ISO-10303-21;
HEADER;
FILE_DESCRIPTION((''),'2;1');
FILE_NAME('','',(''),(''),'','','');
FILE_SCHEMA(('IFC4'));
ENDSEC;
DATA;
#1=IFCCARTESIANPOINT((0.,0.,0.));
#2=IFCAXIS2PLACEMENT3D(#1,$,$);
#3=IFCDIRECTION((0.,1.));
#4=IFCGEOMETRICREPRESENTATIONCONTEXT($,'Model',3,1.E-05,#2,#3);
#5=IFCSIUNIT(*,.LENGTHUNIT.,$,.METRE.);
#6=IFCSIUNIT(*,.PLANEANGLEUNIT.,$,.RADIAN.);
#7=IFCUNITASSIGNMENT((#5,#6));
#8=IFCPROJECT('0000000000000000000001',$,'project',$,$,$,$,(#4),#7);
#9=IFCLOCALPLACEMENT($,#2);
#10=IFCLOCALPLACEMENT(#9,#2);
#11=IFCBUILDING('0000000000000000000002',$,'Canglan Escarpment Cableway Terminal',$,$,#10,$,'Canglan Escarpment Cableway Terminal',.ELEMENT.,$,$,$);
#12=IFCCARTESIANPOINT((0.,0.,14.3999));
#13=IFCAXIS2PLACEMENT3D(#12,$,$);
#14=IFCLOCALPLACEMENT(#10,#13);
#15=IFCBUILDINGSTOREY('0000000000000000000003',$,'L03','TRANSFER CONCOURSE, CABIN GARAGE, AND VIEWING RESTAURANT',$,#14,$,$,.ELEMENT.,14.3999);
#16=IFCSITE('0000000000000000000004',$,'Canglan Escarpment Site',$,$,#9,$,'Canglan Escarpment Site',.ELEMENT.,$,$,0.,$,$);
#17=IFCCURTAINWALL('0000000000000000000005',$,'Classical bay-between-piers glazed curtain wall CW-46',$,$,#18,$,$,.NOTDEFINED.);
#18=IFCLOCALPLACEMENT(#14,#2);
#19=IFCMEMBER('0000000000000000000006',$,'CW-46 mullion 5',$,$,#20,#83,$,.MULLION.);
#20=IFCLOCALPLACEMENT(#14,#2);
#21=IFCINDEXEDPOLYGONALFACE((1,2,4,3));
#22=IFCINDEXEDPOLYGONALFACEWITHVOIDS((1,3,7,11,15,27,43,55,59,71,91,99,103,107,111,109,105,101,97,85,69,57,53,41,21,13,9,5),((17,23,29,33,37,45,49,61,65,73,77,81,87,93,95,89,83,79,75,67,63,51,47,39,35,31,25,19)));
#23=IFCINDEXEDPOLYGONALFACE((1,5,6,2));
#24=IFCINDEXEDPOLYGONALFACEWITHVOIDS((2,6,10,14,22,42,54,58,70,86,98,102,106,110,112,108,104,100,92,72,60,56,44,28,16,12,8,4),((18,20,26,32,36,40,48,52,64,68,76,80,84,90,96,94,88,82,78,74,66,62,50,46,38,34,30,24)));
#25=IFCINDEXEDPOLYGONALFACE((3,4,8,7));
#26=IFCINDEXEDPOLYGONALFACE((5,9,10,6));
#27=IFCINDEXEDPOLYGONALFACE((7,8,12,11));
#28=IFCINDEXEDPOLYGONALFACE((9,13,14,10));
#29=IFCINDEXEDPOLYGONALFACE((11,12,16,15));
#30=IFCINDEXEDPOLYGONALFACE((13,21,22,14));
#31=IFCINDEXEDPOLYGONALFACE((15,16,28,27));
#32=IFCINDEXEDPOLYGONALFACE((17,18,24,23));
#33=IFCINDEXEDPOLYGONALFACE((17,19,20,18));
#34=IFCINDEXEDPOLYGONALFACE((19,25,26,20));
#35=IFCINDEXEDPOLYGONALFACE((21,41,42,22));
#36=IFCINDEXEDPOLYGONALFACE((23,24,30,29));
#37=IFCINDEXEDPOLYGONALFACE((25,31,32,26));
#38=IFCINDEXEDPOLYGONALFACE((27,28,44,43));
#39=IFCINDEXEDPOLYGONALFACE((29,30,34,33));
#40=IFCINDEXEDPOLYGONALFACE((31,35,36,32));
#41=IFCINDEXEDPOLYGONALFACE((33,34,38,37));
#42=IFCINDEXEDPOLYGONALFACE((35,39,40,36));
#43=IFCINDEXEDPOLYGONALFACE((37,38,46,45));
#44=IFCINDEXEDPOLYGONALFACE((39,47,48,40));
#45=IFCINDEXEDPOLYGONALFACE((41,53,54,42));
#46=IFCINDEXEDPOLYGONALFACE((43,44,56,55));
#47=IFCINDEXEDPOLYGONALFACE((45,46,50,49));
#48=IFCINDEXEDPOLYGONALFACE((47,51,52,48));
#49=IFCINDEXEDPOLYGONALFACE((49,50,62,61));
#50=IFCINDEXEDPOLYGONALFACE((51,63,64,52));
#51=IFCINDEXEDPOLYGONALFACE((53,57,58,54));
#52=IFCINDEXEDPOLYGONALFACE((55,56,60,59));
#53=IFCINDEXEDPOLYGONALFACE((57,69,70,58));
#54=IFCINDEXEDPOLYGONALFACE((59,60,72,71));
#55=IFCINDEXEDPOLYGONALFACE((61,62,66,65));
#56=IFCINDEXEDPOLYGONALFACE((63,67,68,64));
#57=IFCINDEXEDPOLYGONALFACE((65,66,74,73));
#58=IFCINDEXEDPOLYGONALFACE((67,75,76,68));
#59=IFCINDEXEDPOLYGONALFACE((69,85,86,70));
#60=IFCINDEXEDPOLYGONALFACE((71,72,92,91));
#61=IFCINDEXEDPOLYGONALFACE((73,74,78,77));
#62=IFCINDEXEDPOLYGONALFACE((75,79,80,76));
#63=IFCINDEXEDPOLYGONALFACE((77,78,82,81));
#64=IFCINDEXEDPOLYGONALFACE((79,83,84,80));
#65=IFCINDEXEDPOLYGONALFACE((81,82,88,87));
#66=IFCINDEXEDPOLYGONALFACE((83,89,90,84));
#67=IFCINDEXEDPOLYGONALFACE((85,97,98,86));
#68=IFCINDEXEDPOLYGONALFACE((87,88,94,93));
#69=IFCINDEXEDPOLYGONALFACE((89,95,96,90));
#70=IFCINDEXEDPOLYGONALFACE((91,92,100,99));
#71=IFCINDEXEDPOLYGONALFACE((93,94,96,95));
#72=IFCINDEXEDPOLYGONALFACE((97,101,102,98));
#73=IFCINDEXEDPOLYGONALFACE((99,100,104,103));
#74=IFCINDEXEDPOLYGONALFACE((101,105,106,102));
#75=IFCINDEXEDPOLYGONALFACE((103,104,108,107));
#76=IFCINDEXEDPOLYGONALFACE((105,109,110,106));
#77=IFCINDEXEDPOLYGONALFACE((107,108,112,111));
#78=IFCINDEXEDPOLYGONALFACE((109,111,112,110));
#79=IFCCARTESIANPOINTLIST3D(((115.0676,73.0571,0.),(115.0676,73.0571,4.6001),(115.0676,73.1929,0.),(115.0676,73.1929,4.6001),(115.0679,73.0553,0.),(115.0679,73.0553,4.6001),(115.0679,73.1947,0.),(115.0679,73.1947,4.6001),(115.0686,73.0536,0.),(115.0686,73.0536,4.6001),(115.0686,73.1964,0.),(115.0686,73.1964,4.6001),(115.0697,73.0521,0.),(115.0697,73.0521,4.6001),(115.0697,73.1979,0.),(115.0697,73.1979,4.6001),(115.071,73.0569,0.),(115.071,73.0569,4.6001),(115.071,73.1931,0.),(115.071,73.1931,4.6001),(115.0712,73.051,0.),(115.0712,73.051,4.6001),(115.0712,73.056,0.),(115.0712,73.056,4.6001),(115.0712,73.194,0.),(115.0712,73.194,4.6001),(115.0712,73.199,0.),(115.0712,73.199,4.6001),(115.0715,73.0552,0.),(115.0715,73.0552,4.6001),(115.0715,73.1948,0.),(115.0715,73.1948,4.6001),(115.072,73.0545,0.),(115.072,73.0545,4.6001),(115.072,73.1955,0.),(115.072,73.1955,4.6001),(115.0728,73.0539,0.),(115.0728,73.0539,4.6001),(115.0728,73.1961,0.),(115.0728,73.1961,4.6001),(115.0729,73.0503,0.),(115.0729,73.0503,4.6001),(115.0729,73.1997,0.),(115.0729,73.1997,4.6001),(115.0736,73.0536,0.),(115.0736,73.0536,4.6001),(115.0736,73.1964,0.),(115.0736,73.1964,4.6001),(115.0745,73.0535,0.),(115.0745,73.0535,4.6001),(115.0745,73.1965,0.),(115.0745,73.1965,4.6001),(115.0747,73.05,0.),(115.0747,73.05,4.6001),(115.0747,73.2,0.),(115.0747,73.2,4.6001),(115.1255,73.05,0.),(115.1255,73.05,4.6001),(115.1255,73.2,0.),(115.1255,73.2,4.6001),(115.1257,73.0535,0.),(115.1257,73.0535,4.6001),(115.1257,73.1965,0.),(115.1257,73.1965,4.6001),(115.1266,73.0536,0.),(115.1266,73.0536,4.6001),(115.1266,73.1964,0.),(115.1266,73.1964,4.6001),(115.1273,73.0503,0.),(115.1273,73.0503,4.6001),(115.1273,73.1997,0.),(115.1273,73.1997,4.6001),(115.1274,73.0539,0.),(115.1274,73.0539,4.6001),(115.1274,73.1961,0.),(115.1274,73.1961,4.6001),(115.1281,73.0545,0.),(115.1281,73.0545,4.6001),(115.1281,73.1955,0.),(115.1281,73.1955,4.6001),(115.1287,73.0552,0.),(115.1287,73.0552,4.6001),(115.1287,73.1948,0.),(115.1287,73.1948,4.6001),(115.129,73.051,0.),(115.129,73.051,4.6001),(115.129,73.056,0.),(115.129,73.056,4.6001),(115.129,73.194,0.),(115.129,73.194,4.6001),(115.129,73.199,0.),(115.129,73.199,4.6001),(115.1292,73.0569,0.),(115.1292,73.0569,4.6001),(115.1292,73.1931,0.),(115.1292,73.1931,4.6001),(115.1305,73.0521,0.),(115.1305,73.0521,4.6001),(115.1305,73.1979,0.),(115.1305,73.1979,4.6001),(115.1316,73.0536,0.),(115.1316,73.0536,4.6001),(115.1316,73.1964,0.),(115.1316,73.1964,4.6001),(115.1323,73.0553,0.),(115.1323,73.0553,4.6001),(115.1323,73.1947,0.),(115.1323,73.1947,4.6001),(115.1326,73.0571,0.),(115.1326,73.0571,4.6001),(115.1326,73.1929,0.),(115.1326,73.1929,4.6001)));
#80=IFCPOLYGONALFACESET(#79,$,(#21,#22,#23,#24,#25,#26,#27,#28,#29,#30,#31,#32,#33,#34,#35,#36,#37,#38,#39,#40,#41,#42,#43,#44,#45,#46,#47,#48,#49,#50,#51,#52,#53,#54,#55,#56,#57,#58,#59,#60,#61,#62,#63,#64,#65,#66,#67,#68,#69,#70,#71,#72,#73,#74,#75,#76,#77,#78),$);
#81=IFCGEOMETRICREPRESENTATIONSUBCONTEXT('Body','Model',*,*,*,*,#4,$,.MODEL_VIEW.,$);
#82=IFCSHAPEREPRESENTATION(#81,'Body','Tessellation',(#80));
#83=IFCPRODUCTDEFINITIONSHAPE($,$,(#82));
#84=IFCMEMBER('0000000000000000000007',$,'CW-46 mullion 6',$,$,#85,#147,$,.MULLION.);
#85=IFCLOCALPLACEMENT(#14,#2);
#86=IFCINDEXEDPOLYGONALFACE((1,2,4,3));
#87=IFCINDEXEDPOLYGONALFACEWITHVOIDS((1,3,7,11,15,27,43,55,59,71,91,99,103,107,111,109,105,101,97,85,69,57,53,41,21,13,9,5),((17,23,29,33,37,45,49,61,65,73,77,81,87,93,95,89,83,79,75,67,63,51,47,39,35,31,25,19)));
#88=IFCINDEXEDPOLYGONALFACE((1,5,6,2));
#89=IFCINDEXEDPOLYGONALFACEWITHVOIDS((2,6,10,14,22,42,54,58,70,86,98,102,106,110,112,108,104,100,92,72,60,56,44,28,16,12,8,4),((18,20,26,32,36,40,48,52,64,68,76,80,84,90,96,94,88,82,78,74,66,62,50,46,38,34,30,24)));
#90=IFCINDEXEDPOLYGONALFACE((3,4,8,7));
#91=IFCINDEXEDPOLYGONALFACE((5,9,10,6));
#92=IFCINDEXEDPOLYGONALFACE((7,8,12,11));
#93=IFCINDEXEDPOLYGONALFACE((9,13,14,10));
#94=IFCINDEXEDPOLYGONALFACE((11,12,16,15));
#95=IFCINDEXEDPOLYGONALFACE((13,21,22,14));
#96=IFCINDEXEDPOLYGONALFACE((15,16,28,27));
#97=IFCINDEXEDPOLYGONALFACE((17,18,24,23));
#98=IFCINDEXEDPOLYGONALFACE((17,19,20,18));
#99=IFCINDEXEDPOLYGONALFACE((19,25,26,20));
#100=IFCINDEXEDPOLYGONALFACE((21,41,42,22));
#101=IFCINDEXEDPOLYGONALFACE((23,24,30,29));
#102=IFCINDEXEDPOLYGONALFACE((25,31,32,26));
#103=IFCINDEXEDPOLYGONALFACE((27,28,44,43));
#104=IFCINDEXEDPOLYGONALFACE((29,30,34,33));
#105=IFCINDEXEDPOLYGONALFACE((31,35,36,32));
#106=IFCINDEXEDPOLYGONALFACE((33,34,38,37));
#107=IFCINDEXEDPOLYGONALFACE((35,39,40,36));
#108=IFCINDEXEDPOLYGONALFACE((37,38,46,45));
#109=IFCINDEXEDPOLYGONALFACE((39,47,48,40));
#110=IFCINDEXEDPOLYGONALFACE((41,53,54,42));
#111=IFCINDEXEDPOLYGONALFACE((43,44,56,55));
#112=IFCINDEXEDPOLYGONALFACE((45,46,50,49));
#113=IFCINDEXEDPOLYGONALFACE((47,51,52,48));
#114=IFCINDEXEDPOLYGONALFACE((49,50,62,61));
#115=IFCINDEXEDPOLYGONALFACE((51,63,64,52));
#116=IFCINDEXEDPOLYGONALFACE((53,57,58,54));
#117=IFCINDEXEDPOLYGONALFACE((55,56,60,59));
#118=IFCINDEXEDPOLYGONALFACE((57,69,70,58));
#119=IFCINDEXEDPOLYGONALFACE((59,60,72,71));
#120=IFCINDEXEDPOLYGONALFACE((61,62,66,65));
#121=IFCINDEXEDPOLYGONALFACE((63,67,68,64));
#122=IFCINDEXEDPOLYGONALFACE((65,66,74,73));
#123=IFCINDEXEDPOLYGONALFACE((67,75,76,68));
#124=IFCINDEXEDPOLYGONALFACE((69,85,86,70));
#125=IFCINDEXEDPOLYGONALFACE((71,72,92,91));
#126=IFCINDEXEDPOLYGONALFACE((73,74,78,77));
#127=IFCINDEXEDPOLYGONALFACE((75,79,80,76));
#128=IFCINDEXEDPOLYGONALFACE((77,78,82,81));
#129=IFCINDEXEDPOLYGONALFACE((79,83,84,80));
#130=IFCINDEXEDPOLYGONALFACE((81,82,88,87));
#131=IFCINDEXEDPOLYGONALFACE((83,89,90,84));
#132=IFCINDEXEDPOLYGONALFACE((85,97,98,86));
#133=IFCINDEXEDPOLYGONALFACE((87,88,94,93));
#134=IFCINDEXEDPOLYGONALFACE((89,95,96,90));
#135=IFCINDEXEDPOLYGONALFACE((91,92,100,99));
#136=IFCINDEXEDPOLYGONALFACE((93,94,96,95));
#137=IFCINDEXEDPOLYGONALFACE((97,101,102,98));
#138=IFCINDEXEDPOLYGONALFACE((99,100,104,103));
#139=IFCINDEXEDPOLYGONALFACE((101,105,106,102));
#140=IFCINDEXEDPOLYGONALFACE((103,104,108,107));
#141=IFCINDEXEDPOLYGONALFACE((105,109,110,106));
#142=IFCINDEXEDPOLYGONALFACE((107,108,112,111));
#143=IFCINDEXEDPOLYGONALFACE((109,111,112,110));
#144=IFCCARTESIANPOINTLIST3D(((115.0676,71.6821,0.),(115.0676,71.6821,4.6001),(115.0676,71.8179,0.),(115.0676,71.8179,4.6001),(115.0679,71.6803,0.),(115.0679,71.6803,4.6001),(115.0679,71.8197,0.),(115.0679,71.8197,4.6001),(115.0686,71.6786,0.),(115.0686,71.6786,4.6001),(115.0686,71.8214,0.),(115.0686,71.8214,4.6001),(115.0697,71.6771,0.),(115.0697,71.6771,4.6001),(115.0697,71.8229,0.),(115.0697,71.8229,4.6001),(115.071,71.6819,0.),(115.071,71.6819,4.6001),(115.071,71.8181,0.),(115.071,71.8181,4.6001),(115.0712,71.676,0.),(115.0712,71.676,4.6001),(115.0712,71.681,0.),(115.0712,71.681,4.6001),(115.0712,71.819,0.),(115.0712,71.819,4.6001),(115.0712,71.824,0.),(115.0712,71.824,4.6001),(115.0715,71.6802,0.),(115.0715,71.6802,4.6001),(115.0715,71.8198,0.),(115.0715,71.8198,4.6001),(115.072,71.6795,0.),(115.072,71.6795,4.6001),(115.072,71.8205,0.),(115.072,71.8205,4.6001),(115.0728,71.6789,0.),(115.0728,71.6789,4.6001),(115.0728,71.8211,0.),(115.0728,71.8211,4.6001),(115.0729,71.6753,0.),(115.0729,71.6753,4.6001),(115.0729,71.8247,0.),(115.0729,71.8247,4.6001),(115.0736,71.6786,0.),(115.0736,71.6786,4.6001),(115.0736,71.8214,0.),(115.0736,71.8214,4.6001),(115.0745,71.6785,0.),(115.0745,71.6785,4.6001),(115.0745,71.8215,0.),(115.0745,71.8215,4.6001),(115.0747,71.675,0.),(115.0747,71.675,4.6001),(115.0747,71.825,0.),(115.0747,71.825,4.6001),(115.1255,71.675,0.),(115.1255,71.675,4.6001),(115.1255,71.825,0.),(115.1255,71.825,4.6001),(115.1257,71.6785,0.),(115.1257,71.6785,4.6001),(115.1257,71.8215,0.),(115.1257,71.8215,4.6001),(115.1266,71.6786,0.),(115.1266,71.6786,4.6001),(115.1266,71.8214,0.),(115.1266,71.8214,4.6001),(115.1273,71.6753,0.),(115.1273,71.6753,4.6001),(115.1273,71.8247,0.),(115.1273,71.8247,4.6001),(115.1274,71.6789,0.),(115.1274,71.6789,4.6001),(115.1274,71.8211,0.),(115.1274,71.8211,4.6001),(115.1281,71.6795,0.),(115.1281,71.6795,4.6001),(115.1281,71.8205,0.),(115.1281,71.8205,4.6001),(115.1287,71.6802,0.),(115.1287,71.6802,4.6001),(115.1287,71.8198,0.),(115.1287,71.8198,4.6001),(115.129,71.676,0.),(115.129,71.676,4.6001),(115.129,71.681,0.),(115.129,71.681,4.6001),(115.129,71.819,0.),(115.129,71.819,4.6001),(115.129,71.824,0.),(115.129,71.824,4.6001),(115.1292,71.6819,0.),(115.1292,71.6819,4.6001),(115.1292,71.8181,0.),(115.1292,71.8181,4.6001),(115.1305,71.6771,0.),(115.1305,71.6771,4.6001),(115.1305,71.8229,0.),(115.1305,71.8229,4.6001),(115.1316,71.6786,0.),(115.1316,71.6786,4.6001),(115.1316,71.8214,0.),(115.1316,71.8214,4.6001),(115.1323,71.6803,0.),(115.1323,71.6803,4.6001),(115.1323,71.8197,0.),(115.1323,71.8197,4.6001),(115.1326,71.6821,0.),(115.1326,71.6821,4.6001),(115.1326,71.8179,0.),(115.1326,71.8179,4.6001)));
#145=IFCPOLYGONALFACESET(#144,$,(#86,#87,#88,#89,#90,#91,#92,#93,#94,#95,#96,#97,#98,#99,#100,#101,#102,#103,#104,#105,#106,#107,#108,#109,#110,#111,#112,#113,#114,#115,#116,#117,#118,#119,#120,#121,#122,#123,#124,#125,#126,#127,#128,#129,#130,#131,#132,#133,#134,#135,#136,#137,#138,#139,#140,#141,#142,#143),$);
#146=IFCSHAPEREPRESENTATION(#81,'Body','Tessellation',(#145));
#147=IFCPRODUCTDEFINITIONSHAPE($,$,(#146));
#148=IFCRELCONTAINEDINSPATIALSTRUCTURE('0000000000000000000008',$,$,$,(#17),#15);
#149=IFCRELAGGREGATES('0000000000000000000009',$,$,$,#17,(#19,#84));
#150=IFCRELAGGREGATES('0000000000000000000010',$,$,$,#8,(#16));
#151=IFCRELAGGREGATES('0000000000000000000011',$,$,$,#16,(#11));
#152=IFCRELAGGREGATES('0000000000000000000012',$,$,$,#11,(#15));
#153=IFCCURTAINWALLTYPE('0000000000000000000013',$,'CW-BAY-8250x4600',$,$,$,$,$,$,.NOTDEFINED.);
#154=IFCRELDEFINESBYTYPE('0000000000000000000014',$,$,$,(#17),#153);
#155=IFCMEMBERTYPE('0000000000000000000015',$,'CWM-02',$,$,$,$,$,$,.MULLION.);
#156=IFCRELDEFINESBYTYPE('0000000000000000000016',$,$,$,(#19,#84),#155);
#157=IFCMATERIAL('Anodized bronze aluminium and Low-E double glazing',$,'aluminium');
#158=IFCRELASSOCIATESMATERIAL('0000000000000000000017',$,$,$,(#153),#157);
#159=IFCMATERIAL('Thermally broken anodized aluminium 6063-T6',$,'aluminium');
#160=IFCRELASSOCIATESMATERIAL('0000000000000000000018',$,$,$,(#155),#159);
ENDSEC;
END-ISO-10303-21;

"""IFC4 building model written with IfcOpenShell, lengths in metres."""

from ifc_helpers import new_model, si_unit, direction, frame, origin, origin_2d, place, context, subcontext, project, spatial, hollow_rectangle, extrude, material, material_profile, profile_set, type_object, element, aggregate, save


model = new_model("IFC4")

# Units and contexts
model_context = context("Model", 3, precision=1e-05, world=origin(), true_north=direction((0.0, 1.0)))
body_context = subcontext(model_context, "Body", "Model", "MODEL_VIEW")
ifc_project = project(units=[si_unit("LENGTHUNIT", "METRE"), si_unit("PLANEANGLEUNIT", "RADIAN")], contexts=[model_context])

# Site, building, storey
site_placement = place(None, origin())
site = spatial("IfcSite", under=ifc_project, at=site_placement, Name="Canglan Escarpment Site", LongName="Canglan Escarpment Site", CompositionType="ELEMENT", RefElevation=0.0)
building_placement = place(site_placement, origin())
building = spatial("IfcBuilding", under=site, at=building_placement, Name="Canglan Escarpment Cableway Terminal", LongName="Canglan Escarpment Cableway Terminal", CompositionType="ELEMENT")
storey_placement = place(building_placement, frame((0.0, 0.0, 14.3999)))
storey = spatial("IfcBuildingStorey", under=building, at=storey_placement, Name="L03", Description="TRANSFER CONCOURSE, CABIN GARAGE, AND VIEWING RESTAURANT", CompositionType="ELEMENT", Elevation=14.3999)

# Curtain wall, members
ifc_material_1 = material(Name="Anodized bronze aluminium and Low-E double glazing", Category="aluminium")
curtain_wall_type = type_object("IfcCurtainWallType", Name="CW-BAY-8250x4600", PredefinedType="NOTDEFINED", material=ifc_material_1)
curtain_wall_placement = place(storey_placement, origin())
curtain_wall = element("IfcCurtainWall", 1, at=curtain_wall_placement, inside=storey, type_object=curtain_wall_type, Name="Classical bay-between-piers glazed curtain wall CW-46", PredefinedType="NOTDEFINED")
ifc_material_2 = material(Name="Thermally broken anodized aluminium 6063-T6", Category="aluminium")
ifc_material_profile_1 = material_profile(ifc_material_2, hollow_rectangle(XDim=0.0649, YDim=0.1499, WallThickness=0.0034, InnerFilletRadius=0.0034, OuterFilletRadius=0.0071, at=origin_2d()), Name="ALU-MULL 65x150x3.5")
ifc_profile_set_1 = profile_set([ifc_material_profile_1], Name="Thermally broken anodized aluminium 6063-T6")
member_type_1 = type_object("IfcMemberType", Name="CWM-02", PredefinedType="MULLION", material=ifc_profile_set_1)
member_1_placement = place(storey_placement, frame((115.1001, 73.125, 0.0), z_axis=(0.0, 0.0, 1.0), x_axis=(1.0, 0.0, 0.0)))
member_1 = element("IfcMember", 2, at=member_1_placement, type_object=member_type_1, Name="CW-46 mullion 5", PredefinedType="MULLION", context=body_context, shape_type="SweptSolid", body=[
    extrude(hollow_rectangle(XDim=0.0649, YDim=0.1499, WallThickness=0.0034, InnerFilletRadius=0.0034, OuterFilletRadius=0.0071, at=origin_2d()), origin(), (0.0, 0.0, 1.0), 4.6001),
])
member_2_placement = place(storey_placement, frame((115.1001, 71.75, 0.0), z_axis=(0.0, 0.0, 1.0), x_axis=(1.0, 0.0, 0.0)))
member_2 = element("IfcMember", 3, at=member_2_placement, type_object=member_type_1, Name="CW-46 mullion 6", PredefinedType="MULLION", context=body_context, shape_type="SweptSolid", body=[
    extrude(hollow_rectangle(XDim=0.0649, YDim=0.1499, WallThickness=0.0034, InnerFilletRadius=0.0034, OuterFilletRadius=0.0071, at=origin_2d()), origin(), (0.0, 0.0, 1.0), 4.6001),
])

aggregate(curtain_wall, [member_1, member_2])

save(model, "model.ifc")
